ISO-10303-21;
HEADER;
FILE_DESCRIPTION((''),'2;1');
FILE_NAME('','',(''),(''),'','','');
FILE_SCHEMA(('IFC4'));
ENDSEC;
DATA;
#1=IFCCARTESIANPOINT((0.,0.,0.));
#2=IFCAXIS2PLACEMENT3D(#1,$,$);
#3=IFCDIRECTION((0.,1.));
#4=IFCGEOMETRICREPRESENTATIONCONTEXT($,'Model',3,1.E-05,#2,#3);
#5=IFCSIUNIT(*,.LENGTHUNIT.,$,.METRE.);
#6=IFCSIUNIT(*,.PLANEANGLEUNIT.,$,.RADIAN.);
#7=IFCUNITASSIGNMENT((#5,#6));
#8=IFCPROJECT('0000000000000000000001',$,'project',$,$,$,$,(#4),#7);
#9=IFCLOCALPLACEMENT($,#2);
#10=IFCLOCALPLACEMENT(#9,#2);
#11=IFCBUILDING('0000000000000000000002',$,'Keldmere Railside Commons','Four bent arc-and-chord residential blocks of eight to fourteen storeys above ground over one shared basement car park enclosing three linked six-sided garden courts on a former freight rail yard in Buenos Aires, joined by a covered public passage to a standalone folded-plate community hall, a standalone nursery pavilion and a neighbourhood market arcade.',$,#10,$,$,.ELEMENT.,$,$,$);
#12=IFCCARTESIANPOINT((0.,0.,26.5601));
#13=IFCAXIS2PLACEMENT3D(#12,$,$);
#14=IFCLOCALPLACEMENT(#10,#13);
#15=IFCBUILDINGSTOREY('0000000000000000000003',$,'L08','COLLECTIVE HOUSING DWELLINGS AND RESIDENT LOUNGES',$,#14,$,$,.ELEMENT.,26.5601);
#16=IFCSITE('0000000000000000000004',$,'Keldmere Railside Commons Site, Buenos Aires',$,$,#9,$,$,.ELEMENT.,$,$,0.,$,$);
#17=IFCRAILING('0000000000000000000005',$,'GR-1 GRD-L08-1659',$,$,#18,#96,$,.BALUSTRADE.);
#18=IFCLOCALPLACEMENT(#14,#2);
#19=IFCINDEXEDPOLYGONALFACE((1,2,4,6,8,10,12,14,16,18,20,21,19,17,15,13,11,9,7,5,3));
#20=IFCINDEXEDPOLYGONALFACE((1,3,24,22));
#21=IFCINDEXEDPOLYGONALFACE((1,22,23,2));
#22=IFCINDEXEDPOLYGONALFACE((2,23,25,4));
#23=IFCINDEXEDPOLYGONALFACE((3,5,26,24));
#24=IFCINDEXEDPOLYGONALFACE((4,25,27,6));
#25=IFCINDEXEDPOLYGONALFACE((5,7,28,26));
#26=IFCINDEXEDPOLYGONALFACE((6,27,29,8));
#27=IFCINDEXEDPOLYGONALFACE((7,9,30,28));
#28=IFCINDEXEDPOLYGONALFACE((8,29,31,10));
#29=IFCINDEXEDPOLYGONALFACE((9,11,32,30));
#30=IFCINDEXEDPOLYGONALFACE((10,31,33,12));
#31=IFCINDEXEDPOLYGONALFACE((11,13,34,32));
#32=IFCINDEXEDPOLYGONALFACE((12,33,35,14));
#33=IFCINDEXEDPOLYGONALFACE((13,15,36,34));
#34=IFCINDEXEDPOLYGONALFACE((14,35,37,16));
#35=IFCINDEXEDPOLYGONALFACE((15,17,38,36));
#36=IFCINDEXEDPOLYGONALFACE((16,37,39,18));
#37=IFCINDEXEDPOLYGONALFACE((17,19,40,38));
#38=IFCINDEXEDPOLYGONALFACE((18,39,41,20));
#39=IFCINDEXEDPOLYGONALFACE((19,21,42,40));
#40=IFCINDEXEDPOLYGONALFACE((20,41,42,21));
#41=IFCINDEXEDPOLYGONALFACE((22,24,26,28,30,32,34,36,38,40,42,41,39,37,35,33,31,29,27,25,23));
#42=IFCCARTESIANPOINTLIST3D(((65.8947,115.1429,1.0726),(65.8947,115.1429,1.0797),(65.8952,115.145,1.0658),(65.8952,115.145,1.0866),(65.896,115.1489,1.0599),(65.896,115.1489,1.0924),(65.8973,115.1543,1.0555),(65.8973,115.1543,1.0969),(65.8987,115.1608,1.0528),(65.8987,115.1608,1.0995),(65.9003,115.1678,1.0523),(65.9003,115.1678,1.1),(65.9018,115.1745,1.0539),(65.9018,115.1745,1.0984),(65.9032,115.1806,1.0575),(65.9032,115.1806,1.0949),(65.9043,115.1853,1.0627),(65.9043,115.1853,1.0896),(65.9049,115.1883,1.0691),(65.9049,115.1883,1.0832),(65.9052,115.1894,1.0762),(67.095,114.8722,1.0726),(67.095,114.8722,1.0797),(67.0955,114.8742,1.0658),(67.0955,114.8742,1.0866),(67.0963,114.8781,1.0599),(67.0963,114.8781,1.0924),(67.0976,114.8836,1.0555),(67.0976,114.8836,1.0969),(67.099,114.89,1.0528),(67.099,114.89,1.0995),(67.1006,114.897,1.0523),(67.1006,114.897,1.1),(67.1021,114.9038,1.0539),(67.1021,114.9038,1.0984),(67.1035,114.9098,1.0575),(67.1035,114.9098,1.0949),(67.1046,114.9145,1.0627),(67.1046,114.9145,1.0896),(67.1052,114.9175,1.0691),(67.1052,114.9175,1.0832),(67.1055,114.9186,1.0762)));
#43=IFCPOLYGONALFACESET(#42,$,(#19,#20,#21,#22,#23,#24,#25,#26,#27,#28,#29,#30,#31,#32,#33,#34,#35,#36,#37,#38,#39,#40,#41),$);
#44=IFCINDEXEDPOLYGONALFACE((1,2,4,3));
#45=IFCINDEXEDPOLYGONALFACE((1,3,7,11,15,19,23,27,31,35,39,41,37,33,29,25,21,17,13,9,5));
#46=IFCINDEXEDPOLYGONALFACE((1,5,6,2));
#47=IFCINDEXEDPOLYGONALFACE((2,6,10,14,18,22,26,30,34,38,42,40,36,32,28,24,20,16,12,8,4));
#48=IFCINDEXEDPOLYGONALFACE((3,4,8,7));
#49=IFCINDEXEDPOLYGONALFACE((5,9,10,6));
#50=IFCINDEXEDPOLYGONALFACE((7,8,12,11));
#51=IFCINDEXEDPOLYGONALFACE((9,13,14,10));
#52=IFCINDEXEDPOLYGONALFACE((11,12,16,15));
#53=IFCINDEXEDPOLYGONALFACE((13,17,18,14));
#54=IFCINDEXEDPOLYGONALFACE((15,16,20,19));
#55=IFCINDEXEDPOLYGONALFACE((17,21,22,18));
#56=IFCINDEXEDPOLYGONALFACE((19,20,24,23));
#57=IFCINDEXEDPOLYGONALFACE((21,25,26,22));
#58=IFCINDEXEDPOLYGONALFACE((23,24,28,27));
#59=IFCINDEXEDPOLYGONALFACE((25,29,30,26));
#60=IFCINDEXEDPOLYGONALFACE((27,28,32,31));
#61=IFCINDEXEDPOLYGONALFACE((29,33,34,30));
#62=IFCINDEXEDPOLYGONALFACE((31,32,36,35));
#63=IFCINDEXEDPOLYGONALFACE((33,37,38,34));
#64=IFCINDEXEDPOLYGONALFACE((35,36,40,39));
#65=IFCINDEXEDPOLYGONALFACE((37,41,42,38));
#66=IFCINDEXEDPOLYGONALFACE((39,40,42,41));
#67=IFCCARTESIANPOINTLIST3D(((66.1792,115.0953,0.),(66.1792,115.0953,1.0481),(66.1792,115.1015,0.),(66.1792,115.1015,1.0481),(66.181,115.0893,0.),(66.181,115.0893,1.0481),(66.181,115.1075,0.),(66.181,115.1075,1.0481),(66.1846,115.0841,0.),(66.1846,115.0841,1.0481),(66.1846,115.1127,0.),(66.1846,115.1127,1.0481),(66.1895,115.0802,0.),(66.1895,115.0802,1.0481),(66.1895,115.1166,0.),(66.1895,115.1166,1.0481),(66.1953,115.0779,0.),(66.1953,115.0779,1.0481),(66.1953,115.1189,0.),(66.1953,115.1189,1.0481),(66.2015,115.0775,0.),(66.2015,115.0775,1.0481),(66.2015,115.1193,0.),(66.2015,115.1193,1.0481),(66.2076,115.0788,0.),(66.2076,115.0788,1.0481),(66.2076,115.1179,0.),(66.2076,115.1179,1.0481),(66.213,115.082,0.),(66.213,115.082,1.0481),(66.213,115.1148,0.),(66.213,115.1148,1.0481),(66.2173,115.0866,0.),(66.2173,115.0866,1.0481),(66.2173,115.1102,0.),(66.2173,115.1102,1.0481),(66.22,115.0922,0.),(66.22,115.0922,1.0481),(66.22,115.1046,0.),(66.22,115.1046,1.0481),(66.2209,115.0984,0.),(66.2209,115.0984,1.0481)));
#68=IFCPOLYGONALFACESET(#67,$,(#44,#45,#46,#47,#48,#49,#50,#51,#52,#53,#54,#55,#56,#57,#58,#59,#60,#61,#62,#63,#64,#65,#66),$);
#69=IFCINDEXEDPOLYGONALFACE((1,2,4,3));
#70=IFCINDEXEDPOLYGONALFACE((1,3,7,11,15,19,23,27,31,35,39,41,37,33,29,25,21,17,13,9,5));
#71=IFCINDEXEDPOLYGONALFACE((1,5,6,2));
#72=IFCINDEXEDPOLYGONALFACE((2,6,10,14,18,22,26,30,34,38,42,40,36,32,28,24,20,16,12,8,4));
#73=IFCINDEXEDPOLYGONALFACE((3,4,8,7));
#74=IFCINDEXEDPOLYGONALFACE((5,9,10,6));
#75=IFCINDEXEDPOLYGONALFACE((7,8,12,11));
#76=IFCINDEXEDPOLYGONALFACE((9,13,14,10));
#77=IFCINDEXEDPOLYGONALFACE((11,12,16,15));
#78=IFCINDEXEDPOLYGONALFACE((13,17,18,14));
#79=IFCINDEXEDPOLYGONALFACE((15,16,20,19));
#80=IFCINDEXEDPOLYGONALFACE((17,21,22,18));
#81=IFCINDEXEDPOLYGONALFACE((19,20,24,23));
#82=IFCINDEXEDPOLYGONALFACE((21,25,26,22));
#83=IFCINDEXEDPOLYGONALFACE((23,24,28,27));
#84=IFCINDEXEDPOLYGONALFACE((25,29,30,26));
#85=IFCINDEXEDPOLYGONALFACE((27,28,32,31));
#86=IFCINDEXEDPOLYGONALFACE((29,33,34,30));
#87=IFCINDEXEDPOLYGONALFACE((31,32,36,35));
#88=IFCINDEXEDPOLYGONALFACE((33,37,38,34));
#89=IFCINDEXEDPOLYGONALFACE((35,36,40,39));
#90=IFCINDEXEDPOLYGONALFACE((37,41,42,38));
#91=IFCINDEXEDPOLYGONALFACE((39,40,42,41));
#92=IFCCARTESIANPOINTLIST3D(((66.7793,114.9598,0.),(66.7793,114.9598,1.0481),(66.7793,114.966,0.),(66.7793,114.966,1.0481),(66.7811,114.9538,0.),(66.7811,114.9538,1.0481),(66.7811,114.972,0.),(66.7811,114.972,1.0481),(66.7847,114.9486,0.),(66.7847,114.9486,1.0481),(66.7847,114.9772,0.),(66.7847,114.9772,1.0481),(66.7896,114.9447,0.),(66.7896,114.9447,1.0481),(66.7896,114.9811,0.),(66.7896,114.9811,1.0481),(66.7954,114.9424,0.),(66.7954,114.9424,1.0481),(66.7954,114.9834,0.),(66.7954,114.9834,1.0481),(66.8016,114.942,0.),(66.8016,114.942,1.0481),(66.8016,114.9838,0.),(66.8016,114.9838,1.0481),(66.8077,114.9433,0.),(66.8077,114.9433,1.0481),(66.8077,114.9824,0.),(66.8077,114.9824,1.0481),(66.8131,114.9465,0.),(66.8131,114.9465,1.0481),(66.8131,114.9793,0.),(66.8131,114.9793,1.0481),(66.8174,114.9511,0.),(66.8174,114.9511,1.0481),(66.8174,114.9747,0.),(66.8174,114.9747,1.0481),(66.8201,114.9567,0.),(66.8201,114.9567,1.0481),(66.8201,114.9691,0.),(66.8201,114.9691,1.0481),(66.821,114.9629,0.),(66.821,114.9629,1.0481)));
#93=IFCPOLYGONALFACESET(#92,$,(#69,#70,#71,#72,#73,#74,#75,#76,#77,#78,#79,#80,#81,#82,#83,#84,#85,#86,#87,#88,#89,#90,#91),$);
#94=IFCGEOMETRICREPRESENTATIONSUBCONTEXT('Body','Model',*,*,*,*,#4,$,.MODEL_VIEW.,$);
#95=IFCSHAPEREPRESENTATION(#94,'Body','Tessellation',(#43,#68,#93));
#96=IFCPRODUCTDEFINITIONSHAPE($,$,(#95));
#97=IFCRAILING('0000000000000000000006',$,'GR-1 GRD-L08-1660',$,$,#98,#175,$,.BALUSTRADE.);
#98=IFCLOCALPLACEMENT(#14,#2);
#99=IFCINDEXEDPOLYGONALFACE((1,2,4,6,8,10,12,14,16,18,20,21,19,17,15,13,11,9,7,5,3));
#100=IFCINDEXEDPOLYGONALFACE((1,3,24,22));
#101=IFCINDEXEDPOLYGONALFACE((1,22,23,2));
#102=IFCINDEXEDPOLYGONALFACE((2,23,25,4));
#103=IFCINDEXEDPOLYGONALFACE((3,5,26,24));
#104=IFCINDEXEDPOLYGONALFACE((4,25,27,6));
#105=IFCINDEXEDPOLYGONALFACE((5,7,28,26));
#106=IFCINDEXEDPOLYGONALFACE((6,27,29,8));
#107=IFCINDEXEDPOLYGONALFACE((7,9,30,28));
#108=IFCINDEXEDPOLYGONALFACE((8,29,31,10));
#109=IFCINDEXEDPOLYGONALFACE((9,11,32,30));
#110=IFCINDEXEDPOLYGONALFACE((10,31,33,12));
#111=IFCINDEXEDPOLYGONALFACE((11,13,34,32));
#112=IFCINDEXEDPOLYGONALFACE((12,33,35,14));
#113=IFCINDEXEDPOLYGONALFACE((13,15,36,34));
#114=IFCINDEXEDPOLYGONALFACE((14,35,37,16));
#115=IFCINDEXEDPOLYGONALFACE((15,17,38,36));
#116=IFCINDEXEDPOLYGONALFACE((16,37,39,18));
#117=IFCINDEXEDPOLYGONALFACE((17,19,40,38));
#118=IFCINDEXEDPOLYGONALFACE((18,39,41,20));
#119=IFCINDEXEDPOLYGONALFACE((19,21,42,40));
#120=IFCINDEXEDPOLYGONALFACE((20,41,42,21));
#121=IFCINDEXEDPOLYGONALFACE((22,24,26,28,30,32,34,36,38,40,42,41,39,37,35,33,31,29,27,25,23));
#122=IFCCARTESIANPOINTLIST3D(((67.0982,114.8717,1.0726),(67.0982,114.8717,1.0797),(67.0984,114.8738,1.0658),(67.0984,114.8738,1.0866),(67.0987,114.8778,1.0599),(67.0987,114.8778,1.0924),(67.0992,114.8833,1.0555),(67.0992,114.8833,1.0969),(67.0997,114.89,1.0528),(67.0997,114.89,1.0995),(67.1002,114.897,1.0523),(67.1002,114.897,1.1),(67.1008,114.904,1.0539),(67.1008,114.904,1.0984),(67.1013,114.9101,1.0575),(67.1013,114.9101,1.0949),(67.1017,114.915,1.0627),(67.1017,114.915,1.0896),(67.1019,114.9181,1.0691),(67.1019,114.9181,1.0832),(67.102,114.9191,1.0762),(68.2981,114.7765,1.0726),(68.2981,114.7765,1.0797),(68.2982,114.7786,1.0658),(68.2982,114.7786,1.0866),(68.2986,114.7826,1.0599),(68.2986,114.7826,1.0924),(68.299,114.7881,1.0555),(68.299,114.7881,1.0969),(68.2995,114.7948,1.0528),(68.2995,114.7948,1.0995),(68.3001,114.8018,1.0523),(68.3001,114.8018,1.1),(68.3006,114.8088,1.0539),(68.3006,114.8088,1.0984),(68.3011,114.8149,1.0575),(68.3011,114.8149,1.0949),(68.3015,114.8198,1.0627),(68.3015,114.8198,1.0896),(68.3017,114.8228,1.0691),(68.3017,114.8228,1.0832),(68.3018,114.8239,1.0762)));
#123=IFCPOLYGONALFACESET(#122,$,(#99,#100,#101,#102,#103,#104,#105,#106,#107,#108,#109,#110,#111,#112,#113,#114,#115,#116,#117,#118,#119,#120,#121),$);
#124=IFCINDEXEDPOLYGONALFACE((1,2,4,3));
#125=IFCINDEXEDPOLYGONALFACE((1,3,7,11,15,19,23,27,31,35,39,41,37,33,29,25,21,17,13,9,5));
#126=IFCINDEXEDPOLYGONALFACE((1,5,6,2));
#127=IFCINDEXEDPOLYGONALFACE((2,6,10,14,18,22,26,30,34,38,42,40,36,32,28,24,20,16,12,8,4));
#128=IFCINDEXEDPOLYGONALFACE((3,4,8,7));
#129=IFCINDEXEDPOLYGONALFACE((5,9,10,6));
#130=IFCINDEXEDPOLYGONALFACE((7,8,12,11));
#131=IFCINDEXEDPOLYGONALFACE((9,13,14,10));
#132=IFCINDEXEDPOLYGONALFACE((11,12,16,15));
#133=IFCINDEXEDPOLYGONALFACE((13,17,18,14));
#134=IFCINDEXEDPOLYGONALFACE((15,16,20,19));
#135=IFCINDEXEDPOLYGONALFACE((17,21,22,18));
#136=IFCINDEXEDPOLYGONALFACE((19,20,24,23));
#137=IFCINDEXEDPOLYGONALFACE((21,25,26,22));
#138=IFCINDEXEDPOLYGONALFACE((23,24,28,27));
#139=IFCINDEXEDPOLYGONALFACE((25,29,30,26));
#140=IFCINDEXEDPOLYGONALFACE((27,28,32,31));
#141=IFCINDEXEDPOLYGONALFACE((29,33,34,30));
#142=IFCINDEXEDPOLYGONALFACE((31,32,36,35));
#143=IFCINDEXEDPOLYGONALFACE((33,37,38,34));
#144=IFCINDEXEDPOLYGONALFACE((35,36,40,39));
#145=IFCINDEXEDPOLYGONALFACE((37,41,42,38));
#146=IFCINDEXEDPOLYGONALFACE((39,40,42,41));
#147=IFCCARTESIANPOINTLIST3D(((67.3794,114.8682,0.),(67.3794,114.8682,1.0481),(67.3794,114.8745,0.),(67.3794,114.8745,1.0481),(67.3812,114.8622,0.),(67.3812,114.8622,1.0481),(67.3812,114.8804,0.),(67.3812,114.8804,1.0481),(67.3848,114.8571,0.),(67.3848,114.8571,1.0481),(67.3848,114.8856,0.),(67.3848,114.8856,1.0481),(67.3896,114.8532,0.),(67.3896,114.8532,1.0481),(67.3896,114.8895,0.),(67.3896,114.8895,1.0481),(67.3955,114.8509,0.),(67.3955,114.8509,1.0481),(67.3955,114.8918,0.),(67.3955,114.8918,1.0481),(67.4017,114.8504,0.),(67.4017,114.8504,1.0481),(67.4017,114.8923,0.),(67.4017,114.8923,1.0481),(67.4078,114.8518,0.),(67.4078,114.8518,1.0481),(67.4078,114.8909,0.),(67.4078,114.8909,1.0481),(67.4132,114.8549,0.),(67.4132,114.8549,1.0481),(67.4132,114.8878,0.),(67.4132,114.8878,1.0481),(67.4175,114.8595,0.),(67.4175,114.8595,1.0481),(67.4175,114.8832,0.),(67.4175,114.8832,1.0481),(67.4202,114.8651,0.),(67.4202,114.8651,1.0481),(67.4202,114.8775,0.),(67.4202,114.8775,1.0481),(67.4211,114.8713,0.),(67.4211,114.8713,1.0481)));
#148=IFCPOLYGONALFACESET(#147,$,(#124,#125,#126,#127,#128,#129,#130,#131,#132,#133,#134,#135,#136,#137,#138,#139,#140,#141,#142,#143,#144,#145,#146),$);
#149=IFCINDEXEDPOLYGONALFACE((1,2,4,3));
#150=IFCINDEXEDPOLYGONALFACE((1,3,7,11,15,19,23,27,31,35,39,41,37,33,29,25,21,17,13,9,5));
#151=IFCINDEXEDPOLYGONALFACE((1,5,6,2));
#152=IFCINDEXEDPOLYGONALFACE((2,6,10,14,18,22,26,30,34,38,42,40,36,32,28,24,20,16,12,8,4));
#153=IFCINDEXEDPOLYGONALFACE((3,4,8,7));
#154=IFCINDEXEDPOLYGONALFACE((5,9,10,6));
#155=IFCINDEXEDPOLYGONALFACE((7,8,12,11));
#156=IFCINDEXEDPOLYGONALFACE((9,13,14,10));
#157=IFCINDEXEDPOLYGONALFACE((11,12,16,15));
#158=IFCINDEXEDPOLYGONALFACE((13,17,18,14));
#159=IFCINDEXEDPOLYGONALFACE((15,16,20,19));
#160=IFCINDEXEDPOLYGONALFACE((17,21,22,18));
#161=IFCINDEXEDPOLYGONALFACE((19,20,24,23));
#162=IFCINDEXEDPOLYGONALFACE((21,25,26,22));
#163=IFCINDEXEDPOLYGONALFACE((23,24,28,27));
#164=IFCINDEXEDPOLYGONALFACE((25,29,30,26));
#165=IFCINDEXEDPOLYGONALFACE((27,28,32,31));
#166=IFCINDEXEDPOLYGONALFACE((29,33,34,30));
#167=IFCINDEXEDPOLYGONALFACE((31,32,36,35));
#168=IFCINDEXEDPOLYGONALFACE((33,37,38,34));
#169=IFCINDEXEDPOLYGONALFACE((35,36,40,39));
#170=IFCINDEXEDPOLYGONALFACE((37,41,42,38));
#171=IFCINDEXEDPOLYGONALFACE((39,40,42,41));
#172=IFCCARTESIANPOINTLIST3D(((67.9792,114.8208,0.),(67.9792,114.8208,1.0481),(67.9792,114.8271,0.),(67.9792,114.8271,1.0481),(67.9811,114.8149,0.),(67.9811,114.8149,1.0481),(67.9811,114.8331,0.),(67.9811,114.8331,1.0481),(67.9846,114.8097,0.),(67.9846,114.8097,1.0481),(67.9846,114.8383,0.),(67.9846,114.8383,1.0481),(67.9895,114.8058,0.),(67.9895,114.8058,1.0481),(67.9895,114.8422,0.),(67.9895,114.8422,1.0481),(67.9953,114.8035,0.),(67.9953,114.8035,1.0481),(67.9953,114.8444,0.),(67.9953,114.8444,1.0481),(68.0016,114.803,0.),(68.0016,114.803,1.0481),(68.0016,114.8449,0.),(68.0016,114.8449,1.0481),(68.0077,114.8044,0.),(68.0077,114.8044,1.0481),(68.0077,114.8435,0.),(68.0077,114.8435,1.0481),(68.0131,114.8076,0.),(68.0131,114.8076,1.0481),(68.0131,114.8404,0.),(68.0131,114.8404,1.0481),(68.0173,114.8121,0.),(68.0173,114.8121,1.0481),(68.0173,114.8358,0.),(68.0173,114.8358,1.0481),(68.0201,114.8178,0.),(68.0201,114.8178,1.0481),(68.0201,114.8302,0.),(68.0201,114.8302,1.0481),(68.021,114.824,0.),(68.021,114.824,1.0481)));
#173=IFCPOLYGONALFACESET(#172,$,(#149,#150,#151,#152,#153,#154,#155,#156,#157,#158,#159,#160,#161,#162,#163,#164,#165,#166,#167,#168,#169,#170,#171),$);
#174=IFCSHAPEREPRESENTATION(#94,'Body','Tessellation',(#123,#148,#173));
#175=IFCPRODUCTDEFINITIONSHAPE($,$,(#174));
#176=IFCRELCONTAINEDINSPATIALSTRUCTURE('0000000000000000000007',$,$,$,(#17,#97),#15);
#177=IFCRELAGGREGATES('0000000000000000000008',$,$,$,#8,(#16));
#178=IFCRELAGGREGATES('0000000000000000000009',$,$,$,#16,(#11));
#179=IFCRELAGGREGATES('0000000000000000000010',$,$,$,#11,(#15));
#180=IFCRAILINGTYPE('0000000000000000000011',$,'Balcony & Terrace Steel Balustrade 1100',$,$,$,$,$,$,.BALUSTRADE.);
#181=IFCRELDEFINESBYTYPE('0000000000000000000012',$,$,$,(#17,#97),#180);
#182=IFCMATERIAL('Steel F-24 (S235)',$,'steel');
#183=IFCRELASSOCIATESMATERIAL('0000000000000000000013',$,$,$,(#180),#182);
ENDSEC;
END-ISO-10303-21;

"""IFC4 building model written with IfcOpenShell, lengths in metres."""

from ifc_helpers import new_model, si_unit, direction, frame, origin, origin_2d, place, context, subcontext, project, spatial, circle, extrude, material, type_object, element, save


model = new_model("IFC4")

# Units and contexts
model_context = context("Model", 3, precision=1e-05, world=origin(), true_north=direction((0.0, 1.0)))
body_context = subcontext(model_context, "Body", "Model", "MODEL_VIEW")
ifc_project = project(units=[si_unit("LENGTHUNIT", "METRE"), si_unit("PLANEANGLEUNIT", "RADIAN")], contexts=[model_context])

# Site, building, storey
site_placement = place(None, origin())
site = spatial("IfcSite", under=ifc_project, at=site_placement, Name="Keldmere Railside Commons Site, Buenos Aires", CompositionType="ELEMENT", RefElevation=0.0)
building_placement = place(site_placement, origin())
building = spatial("IfcBuilding", under=site, at=building_placement, Name="Keldmere Railside Commons", Description="Four bent arc-and-chord residential blocks of eight to fourteen storeys above ground over one shared basement car park enclosing three linked six-sided garden courts on a former freight rail yard in Buenos Aires, joined by a covered public passage to a standalone folded-plate community hall, a standalone nursery pavilion and a neighbourhood market arcade.", CompositionType="ELEMENT")
storey_placement = place(building_placement, frame((0.0, 0.0, 26.5601)))
storey = spatial("IfcBuildingStorey", under=building, at=storey_placement, Name="L08", Description="COLLECTIVE HOUSING DWELLINGS AND RESIDENT LOUNGES", CompositionType="ELEMENT", Elevation=26.5601)

# Railings
ifc_material_1 = material(Name="Steel F-24 (S235)", Category="steel")
railing_type = type_object("IfcRailingType", Name="Balcony & Terrace Steel Balustrade 1100", PredefinedType="BALUSTRADE", material=ifc_material_1)
railing_1_placement = place(storey_placement, frame((65.8999, 115.166, 0.0)))
element("IfcRailing", 1, at=railing_1_placement, inside=storey, type_object=railing_type, Name="GR-1 GRD-L08-1659", PredefinedType="BALUSTRADE", context=body_context, shape_type="SweptSolid", body=[
    extrude(circle(Radius=0.0239, at=origin_2d()), frame((0.0, 0.0, 1.0762), z_axis=(0.975486, -0.22006, 0.0), x_axis=(0.22006, 0.975486, 0.0)), (0.0, 0.0, 1.0), 1.2305),
    extrude(circle(Radius=0.021, at=origin_2d()), frame((0.3, -0.0676, 0.0)), (0.0, 0.0, 1.0), 1.0481),
    extrude(circle(Radius=0.021, at=origin_2d()), frame((0.9001, -0.2031, 0.0)), (0.0, 0.0, 1.0), 1.0481),
])
railing_2_placement = place(storey_placement, frame((67.1001, 114.8953, 0.0)))
element("IfcRailing", 2, at=railing_2_placement, inside=storey, type_object=railing_type, Name="GR-1 GRD-L08-1660", PredefinedType="BALUSTRADE", context=body_context, shape_type="SweptSolid", body=[
    extrude(circle(Radius=0.0239, at=origin_2d()), frame((0.0, 0.0, 1.0762), z_axis=(0.996867, -0.0791, 0.0), x_axis=(0.0791, 0.996867, 0.0)), (0.0, 0.0, 1.0), 1.2036),
    extrude(circle(Radius=0.021, at=origin_2d()), frame((0.3, -0.0239, 0.0)), (0.0, 0.0, 1.0), 1.0481),
    extrude(circle(Radius=0.021, at=origin_2d()), frame((0.8999, -0.0713, 0.0)), (0.0, 0.0, 1.0), 1.0481),
])

save(model, "model.ifc")
